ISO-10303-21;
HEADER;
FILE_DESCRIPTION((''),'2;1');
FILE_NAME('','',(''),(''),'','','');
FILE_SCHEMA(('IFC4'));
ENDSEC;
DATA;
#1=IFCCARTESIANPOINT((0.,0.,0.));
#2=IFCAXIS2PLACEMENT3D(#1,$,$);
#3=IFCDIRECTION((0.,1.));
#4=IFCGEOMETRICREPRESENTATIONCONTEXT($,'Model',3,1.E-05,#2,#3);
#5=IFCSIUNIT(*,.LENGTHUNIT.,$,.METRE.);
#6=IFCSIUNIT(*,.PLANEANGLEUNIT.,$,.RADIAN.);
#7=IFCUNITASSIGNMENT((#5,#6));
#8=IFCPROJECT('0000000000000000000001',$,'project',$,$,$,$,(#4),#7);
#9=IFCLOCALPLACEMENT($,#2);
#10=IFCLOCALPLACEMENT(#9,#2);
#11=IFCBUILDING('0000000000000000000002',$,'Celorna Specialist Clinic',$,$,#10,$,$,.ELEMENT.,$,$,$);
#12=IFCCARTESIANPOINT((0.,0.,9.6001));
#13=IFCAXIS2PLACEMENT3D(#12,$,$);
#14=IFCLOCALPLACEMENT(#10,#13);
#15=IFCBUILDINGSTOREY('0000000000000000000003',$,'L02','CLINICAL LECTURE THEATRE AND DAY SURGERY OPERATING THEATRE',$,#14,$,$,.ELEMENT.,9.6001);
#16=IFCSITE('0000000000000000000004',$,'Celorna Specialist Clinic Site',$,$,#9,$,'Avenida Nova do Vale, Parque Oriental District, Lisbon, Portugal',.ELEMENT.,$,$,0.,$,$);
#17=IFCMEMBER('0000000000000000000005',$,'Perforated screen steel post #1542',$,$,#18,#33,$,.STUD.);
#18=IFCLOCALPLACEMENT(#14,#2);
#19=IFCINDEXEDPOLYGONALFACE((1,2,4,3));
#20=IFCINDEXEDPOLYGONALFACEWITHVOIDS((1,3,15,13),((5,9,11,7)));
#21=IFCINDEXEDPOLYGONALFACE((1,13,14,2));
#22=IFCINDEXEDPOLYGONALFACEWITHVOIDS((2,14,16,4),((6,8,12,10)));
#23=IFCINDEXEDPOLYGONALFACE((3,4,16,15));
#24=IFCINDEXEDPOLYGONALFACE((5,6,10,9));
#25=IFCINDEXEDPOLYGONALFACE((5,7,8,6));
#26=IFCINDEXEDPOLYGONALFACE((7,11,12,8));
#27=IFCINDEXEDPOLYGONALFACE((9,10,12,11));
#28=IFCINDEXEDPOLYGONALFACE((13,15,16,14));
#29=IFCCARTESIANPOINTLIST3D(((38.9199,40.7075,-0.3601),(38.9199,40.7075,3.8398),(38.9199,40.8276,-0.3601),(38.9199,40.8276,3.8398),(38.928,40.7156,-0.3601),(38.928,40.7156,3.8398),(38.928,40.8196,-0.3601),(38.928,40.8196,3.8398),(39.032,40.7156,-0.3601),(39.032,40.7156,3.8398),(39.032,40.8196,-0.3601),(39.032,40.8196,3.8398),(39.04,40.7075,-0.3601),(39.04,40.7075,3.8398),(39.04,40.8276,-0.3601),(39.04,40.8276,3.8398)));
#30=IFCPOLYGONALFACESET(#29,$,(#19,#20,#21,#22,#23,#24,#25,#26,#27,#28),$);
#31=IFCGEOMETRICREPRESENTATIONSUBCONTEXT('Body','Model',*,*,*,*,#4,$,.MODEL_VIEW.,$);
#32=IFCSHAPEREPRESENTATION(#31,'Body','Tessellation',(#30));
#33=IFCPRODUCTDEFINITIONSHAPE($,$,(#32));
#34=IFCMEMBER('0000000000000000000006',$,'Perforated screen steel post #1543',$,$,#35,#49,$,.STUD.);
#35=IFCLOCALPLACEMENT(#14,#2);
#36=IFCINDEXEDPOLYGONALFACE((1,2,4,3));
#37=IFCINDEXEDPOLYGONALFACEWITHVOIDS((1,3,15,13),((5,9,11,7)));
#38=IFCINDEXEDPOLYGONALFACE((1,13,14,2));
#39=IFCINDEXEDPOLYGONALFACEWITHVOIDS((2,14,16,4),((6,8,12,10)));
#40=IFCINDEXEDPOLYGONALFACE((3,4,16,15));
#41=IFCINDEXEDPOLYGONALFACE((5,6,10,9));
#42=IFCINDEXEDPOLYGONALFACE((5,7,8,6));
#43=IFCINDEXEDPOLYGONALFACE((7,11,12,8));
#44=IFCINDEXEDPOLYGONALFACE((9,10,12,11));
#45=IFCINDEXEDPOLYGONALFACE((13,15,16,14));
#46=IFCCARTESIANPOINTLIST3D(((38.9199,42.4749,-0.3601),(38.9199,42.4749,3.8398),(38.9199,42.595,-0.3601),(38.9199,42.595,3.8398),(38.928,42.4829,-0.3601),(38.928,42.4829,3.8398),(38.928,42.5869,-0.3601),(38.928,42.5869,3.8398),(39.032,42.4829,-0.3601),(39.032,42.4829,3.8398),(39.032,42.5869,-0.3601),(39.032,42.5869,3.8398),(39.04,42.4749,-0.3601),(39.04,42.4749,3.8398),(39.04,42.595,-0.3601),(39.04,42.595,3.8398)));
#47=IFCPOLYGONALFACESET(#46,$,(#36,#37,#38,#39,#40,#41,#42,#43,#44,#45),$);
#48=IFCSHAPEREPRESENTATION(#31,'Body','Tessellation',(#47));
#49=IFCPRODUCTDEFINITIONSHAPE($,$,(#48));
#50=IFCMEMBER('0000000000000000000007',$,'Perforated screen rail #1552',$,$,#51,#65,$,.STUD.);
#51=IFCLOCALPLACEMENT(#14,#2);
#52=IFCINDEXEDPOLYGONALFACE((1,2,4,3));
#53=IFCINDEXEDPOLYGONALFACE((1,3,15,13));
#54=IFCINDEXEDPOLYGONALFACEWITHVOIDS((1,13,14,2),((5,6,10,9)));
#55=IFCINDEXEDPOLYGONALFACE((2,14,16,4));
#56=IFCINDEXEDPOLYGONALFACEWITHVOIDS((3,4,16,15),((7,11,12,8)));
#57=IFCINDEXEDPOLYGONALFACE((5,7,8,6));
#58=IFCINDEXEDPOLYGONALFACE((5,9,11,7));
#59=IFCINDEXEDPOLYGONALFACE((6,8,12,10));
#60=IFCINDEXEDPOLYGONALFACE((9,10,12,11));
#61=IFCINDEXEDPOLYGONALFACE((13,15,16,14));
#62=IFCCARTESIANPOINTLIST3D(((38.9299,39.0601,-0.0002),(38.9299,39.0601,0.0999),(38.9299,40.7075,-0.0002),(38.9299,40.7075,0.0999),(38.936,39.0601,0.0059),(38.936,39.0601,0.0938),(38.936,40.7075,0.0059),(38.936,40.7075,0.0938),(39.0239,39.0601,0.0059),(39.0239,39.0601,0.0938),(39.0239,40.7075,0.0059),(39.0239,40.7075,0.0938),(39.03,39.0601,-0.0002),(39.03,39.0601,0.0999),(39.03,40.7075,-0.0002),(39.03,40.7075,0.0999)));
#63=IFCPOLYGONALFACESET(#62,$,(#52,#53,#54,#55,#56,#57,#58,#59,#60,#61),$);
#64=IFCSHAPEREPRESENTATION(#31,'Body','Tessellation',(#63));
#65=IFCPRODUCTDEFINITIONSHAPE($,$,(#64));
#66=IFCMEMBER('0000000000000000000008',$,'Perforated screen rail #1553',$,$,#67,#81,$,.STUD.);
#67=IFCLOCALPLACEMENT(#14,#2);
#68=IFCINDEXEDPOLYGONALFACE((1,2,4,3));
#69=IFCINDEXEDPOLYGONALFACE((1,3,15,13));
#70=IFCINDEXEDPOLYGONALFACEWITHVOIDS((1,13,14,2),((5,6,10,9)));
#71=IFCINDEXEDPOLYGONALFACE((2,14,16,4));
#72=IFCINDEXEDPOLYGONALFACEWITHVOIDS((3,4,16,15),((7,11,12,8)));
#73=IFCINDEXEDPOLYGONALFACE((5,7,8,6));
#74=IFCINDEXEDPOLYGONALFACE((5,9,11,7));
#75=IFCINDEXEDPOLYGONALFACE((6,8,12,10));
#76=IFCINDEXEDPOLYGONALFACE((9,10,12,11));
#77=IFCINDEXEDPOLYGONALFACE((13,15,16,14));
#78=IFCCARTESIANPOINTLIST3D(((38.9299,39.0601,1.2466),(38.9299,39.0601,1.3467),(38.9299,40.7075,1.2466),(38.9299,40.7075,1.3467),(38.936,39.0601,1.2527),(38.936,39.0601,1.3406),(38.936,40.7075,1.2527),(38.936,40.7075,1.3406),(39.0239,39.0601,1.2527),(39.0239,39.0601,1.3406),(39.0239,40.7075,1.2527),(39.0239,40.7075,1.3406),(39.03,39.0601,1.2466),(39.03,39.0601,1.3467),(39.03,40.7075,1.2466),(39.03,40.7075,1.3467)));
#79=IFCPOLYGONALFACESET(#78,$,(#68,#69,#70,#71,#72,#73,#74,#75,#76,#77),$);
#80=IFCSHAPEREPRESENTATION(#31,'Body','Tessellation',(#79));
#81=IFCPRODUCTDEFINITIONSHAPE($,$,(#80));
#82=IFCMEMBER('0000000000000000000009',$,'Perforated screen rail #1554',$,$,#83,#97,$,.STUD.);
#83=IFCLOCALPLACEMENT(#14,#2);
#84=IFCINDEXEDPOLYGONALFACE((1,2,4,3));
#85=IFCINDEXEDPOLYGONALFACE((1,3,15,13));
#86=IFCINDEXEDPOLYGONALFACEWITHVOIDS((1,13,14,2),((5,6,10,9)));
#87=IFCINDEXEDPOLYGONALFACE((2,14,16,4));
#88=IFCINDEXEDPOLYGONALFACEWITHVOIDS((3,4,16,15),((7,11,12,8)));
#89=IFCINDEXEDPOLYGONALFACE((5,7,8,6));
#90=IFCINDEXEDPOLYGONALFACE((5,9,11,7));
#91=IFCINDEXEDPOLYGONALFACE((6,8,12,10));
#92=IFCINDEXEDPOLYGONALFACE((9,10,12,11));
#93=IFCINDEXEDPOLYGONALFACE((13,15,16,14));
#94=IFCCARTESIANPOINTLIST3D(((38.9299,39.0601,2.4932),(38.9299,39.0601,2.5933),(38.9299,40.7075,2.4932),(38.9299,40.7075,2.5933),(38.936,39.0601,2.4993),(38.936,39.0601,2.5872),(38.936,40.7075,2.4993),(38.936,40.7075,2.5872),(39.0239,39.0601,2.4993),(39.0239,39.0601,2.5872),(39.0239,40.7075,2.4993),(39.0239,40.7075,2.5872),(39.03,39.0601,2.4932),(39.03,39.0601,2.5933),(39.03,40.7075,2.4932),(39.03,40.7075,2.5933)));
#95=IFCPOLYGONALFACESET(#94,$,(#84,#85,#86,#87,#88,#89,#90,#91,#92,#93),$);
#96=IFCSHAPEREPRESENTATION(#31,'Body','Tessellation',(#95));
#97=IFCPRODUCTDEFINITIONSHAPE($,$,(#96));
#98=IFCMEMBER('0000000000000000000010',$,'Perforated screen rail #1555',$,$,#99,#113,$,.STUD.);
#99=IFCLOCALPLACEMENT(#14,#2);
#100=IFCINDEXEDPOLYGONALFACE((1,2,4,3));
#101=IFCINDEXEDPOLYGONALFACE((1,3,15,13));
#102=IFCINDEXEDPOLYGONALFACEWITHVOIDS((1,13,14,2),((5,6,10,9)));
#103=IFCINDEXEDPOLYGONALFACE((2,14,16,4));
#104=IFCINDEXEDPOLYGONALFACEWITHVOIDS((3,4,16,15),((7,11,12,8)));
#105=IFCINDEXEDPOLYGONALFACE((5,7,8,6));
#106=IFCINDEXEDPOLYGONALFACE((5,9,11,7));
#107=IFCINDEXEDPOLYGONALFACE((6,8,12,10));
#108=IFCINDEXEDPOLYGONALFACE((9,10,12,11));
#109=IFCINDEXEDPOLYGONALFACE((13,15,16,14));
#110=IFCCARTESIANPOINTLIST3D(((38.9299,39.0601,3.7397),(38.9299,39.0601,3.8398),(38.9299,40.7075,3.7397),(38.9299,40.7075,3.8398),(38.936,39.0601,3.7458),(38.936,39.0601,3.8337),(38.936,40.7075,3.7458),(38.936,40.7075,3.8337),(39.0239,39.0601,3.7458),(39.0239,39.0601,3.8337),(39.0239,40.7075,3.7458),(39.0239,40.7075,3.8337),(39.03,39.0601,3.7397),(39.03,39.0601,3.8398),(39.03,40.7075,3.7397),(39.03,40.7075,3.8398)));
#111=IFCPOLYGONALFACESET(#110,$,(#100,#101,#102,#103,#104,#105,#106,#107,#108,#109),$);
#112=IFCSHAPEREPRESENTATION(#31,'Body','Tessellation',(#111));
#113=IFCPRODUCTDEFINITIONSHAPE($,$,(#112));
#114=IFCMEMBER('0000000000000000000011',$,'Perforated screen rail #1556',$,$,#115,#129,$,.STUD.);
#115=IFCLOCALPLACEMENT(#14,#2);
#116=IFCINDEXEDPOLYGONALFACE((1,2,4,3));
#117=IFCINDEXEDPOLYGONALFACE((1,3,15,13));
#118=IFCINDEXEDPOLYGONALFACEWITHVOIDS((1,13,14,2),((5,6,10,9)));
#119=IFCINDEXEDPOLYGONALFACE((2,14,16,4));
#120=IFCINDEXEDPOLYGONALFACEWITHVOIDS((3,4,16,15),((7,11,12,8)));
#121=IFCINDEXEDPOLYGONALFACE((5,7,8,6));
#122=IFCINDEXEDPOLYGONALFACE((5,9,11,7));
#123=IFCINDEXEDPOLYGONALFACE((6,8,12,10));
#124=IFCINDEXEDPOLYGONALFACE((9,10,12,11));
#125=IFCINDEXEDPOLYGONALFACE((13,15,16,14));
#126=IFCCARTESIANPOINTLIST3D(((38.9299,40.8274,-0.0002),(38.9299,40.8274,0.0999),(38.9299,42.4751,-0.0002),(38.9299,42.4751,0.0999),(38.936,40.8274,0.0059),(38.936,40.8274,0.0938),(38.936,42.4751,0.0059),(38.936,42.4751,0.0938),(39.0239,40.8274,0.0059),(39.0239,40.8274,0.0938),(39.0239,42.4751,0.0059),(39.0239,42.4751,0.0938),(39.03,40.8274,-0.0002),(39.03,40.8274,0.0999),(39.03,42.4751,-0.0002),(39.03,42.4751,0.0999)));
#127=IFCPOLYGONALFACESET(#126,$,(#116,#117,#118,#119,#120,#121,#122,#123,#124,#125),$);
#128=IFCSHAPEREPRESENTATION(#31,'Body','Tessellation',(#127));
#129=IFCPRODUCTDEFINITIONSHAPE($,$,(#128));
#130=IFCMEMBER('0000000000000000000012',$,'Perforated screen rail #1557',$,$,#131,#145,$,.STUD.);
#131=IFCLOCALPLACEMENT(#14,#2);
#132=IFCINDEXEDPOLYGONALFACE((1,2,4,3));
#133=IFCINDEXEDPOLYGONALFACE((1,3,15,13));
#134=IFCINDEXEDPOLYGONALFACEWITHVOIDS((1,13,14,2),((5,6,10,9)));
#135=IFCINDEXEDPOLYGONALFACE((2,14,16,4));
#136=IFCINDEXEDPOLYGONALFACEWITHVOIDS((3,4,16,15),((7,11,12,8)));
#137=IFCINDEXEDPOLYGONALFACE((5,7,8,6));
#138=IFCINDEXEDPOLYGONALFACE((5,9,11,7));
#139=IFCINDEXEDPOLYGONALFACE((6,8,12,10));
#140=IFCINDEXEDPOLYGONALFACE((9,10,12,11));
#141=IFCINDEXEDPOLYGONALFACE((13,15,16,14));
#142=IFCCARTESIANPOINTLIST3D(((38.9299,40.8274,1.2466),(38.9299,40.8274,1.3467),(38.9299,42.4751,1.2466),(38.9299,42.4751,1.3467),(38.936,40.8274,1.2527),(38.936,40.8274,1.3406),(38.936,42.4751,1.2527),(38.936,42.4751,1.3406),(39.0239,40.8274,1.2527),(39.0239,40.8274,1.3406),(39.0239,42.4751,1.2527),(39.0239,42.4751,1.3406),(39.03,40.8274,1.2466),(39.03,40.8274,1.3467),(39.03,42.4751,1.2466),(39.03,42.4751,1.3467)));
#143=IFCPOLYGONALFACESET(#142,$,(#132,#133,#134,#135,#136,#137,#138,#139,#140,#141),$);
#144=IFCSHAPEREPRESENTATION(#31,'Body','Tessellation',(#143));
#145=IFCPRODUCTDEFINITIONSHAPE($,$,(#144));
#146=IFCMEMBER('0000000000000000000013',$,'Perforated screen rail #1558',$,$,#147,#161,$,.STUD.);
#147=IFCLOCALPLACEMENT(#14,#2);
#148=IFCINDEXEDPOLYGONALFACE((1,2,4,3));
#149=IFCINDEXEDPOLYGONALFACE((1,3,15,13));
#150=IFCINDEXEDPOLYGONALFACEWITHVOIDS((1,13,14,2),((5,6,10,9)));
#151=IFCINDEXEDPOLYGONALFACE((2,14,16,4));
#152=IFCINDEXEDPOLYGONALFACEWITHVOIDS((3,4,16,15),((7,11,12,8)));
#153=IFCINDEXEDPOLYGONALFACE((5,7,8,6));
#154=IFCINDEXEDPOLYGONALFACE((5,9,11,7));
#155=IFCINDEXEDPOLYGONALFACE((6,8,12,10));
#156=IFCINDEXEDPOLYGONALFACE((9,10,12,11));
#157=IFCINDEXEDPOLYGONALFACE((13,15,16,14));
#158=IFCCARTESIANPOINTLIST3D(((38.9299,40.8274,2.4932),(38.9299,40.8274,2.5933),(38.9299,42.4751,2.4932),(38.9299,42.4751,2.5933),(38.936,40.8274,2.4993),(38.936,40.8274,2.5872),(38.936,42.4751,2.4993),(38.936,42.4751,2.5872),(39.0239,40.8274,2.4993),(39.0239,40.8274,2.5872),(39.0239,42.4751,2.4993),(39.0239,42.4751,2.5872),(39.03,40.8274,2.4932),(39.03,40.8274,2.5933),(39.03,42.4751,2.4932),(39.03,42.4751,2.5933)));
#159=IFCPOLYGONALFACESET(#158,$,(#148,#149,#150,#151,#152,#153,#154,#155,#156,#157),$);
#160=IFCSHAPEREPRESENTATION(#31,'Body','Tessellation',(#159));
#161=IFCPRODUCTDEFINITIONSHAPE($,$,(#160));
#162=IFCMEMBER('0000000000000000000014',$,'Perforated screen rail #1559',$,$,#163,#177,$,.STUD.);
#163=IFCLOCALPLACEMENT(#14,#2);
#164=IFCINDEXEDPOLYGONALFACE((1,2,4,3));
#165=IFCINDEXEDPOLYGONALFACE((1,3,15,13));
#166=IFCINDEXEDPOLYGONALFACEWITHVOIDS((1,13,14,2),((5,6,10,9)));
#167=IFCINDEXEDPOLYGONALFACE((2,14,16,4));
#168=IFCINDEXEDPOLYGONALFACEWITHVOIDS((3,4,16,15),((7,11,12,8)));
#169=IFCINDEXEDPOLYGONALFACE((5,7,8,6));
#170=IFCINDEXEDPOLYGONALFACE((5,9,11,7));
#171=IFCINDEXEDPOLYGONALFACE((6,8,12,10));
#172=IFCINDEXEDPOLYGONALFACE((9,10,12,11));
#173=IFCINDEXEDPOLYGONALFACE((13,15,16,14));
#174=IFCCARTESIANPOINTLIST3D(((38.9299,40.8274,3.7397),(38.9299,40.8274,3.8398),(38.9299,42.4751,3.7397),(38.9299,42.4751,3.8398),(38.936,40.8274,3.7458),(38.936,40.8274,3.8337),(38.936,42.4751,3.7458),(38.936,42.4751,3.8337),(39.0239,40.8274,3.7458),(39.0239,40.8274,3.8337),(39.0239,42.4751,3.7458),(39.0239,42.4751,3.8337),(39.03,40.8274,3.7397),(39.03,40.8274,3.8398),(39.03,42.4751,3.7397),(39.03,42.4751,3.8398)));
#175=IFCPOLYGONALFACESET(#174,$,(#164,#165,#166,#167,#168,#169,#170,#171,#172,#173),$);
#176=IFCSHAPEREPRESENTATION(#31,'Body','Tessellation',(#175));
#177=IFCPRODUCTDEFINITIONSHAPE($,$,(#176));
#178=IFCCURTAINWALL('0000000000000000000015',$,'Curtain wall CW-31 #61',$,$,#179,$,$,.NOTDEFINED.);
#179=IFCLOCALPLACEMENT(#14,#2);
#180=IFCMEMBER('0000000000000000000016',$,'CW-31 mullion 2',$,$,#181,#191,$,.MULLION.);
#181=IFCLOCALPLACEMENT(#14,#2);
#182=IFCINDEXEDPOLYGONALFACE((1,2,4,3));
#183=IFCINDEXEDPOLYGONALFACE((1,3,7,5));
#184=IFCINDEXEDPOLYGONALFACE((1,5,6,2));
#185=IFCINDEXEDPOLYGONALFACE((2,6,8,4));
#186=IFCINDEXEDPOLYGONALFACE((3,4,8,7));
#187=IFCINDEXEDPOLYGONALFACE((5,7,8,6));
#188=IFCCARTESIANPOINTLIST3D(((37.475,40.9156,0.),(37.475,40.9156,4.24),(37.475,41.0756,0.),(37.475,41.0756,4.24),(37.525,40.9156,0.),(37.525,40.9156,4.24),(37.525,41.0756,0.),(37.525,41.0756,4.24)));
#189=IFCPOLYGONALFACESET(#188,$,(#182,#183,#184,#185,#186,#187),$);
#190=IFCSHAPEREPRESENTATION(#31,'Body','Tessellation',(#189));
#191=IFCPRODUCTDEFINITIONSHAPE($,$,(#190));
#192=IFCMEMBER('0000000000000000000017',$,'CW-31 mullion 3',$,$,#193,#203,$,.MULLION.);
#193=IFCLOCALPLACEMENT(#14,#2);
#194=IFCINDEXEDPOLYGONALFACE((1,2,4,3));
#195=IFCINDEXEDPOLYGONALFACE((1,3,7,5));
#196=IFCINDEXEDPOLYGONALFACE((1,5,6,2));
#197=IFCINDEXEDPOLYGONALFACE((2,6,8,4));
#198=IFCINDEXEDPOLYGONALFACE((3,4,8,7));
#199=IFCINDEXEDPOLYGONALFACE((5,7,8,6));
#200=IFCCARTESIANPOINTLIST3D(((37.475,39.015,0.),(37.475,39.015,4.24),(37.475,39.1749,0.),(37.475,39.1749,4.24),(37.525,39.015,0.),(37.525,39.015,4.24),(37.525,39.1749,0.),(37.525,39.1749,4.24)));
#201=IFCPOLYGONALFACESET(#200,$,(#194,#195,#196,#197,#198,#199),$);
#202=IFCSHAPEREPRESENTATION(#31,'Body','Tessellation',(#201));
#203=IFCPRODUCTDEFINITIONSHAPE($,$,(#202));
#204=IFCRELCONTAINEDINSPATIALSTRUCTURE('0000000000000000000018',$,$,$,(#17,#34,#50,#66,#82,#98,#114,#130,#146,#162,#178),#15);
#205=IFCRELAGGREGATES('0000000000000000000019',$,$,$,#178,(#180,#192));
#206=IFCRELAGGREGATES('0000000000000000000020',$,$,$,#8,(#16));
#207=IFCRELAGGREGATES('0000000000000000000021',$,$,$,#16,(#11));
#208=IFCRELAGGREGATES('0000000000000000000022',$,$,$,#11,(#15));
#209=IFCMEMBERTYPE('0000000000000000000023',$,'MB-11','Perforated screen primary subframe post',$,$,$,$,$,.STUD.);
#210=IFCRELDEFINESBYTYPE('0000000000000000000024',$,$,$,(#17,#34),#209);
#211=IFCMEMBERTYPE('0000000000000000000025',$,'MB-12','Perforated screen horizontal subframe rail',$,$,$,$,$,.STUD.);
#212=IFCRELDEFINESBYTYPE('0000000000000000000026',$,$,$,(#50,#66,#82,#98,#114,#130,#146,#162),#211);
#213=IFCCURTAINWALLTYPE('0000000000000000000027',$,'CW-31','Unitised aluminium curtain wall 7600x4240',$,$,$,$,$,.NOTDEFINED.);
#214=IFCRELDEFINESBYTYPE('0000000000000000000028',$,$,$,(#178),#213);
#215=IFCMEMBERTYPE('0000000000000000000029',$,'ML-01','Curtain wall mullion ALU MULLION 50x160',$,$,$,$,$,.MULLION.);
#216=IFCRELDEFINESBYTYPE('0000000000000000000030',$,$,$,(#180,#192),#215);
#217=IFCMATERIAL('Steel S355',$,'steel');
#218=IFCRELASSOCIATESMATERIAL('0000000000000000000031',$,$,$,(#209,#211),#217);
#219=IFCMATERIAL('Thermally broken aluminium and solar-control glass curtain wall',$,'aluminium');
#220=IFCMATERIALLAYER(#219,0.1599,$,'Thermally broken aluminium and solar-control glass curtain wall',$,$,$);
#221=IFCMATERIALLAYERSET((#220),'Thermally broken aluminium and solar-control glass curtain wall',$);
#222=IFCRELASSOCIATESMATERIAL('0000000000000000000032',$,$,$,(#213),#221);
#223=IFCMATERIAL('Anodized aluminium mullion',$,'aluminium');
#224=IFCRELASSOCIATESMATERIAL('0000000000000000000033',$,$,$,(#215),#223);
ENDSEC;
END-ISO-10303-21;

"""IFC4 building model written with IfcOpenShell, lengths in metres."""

from ifc_helpers import new_model, si_unit, direction, frame, origin, origin_2d, place, context, subcontext, project, spatial, rectangle, hollow_rectangle, extrude, material, layer, layer_set, material_profile, profile_set, type_object, element, aggregate, save


model = new_model("IFC4")

# Units and contexts
model_context = context("Model", 3, precision=1e-05, world=origin(), true_north=direction((0.0, 1.0)))
body_context = subcontext(model_context, "Body", "Model", "MODEL_VIEW")
ifc_project = project(units=[si_unit("LENGTHUNIT", "METRE"), si_unit("PLANEANGLEUNIT", "RADIAN")], contexts=[model_context])

# Site, building, storey
site_placement = place(None, origin())
site = spatial("IfcSite", under=ifc_project, at=site_placement, Name="Celorna Specialist Clinic Site", LongName="Avenida Nova do Vale, Parque Oriental District, Lisbon, Portugal", CompositionType="ELEMENT", RefElevation=0.0)
building_placement = place(site_placement, origin())
building = spatial("IfcBuilding", under=site, at=building_placement, Name="Celorna Specialist Clinic", CompositionType="ELEMENT")
storey_placement = place(building_placement, frame((0.0, 0.0, 9.6001)))
storey = spatial("IfcBuildingStorey", under=building, at=storey_placement, Name="L02", Description="CLINICAL LECTURE THEATRE AND DAY SURGERY OPERATING THEATRE", CompositionType="ELEMENT", Elevation=9.6001)

# Members
ifc_material_1 = material(Name="Steel S355", Category="steel")
ifc_material_profile_1 = material_profile(ifc_material_1, hollow_rectangle(XDim=0.1201, YDim=0.1201, WallThickness=0.0081, at=origin_2d()), Name="SHS 120x120x8")
ifc_profile_set_1 = profile_set([ifc_material_profile_1], Name="Steel S355")
member_type_1 = type_object("IfcMemberType", Name="MB-11", Description="Perforated screen primary subframe post", PredefinedType="STUD", material=ifc_profile_set_1)
for number, where, z_axis, x_axis, name in (
    (1, (38.98, 40.7676, -0.3601), (0.0, 0.0, 1.0), (1.0, 0.0, 0.0), "Perforated screen steel post #1542"),
    (2, (38.98, 42.5349, -0.3601), (0.0, 0.0, 1.0), (1.0, 0.0, 0.0), "Perforated screen steel post #1543"),
):
    element("IfcMember", number, at=place(storey_placement, frame(where, z_axis=z_axis, x_axis=x_axis)), inside=storey, type_object=member_type_1, Name=name, PredefinedType="STUD", context=body_context, shape_type="SweptSolid", body=[
        extrude(hollow_rectangle(XDim=0.1201, YDim=0.1201, WallThickness=0.0081, at=origin_2d()), origin(), (0.0, 0.0, 1.0), 4.2),
    ])
ifc_material_profile_2 = material_profile(ifc_material_1, hollow_rectangle(XDim=0.1001, YDim=0.1001, WallThickness=0.0061, at=origin_2d()), Name="SHS 100x100x6")
ifc_profile_set_2 = profile_set([ifc_material_profile_2], Name="Steel S355")
member_type_2 = type_object("IfcMemberType", Name="MB-12", Description="Perforated screen horizontal subframe rail", PredefinedType="STUD", material=ifc_profile_set_2)
for number, where, z_axis, x_axis, name in (
    (3, (38.98, 39.0601, 0.0498), (0.0, 1.0, 0.0), (-1.0, 0.0, 0.0), "Perforated screen rail #1552"),
    (4, (38.98, 39.0601, 1.2966), (0.0, 1.0, 0.0), (-1.0, 0.0, 0.0), "Perforated screen rail #1553"),
    (5, (38.98, 39.0601, 2.5432), (0.0, 1.0, 0.0), (-1.0, 0.0, 0.0), "Perforated screen rail #1554"),
    (6, (38.98, 39.0601, 3.7898), (0.0, 1.0, 0.0), (-1.0, 0.0, 0.0), "Perforated screen rail #1555"),
):
    element("IfcMember", number, at=place(storey_placement, frame(where, z_axis=z_axis, x_axis=x_axis)), inside=storey, type_object=member_type_2, Name=name, PredefinedType="STUD", context=body_context, shape_type="SweptSolid", body=[
        extrude(hollow_rectangle(XDim=0.1001, YDim=0.1001, WallThickness=0.0061, at=origin_2d()), origin(), (0.0, 0.0, 1.0), 1.6475),
    ])
for number, where, z_axis, x_axis, name in (
    (7, (38.98, 40.8274, 0.0498), (0.0, 1.0, 0.0), (-1.0, 0.0, 0.0), "Perforated screen rail #1556"),
    (8, (38.98, 40.8274, 1.2966), (0.0, 1.0, 0.0), (-1.0, 0.0, 0.0), "Perforated screen rail #1557"),
    (9, (38.98, 40.8274, 2.5432), (0.0, 1.0, 0.0), (-1.0, 0.0, 0.0), "Perforated screen rail #1558"),
    (10, (38.98, 40.8274, 3.7898), (0.0, 1.0, 0.0), (-1.0, 0.0, 0.0), "Perforated screen rail #1559"),
):
    element("IfcMember", number, at=place(storey_placement, frame(where, z_axis=z_axis, x_axis=x_axis)), inside=storey, type_object=member_type_2, Name=name, PredefinedType="STUD", context=body_context, shape_type="SweptSolid", body=[
        extrude(hollow_rectangle(XDim=0.1001, YDim=0.1001, WallThickness=0.0061, at=origin_2d()), origin(), (0.0, 0.0, 1.0), 1.6477),
    ])

# Curtain wall, members
ifc_material_2 = material(Name="Thermally broken aluminium and solar-control glass curtain wall", Category="aluminium")
ifc_layer_1 = layer(ifc_material_2, 0.1599, Name="Thermally broken aluminium and solar-control glass curtain wall")
ifc_layer_set_1 = layer_set([ifc_layer_1], Name="Thermally broken aluminium and solar-control glass curtain wall")
curtain_wall_type = type_object("IfcCurtainWallType", Name="CW-31", Description="Unitised aluminium curtain wall 7600x4240", PredefinedType="NOTDEFINED", material=ifc_layer_set_1)
curtain_wall_placement = place(storey_placement, origin())
curtain_wall = element("IfcCurtainWall", 11, at=curtain_wall_placement, inside=storey, type_object=curtain_wall_type, Name="Curtain wall CW-31 #61", PredefinedType="NOTDEFINED")
ifc_material_3 = material(Name="Anodized aluminium mullion", Category="aluminium")
ifc_material_profile_3 = material_profile(ifc_material_3, rectangle(XDim=0.05, YDim=0.1599, at=origin_2d()), Name="ALU MULLION 50x160")
ifc_profile_set_3 = profile_set([ifc_material_profile_3], Name="Anodized aluminium mullion")
member_type_3 = type_object("IfcMemberType", Name="ML-01", Description="Curtain wall mullion ALU MULLION 50x160", PredefinedType="MULLION", material=ifc_profile_set_3)
member_1_placement = place(storey_placement, frame((37.5, 40.9956, 0.0), z_axis=(0.0, 0.0, 1.0), x_axis=(1.0, 0.0, 0.0)))
member_1 = element("IfcMember", 12, at=member_1_placement, type_object=member_type_3, Name="CW-31 mullion 2", PredefinedType="MULLION", context=body_context, shape_type="SweptSolid", body=[
    extrude(rectangle(XDim=0.05, YDim=0.1599, at=origin_2d()), origin(), (0.0, 0.0, 1.0), 4.24),
])
member_2_placement = place(storey_placement, frame((37.5, 39.095, 0.0), z_axis=(0.0, 0.0, 1.0), x_axis=(1.0, 0.0, 0.0)))
member_2 = element("IfcMember", 13, at=member_2_placement, type_object=member_type_3, Name="CW-31 mullion 3", PredefinedType="MULLION", context=body_context, shape_type="SweptSolid", body=[
    extrude(rectangle(XDim=0.05, YDim=0.1599, at=origin_2d()), origin(), (0.0, 0.0, 1.0), 4.24),
])
aggregate(curtain_wall, [member_1, member_2])

save(model, "model.ifc")
